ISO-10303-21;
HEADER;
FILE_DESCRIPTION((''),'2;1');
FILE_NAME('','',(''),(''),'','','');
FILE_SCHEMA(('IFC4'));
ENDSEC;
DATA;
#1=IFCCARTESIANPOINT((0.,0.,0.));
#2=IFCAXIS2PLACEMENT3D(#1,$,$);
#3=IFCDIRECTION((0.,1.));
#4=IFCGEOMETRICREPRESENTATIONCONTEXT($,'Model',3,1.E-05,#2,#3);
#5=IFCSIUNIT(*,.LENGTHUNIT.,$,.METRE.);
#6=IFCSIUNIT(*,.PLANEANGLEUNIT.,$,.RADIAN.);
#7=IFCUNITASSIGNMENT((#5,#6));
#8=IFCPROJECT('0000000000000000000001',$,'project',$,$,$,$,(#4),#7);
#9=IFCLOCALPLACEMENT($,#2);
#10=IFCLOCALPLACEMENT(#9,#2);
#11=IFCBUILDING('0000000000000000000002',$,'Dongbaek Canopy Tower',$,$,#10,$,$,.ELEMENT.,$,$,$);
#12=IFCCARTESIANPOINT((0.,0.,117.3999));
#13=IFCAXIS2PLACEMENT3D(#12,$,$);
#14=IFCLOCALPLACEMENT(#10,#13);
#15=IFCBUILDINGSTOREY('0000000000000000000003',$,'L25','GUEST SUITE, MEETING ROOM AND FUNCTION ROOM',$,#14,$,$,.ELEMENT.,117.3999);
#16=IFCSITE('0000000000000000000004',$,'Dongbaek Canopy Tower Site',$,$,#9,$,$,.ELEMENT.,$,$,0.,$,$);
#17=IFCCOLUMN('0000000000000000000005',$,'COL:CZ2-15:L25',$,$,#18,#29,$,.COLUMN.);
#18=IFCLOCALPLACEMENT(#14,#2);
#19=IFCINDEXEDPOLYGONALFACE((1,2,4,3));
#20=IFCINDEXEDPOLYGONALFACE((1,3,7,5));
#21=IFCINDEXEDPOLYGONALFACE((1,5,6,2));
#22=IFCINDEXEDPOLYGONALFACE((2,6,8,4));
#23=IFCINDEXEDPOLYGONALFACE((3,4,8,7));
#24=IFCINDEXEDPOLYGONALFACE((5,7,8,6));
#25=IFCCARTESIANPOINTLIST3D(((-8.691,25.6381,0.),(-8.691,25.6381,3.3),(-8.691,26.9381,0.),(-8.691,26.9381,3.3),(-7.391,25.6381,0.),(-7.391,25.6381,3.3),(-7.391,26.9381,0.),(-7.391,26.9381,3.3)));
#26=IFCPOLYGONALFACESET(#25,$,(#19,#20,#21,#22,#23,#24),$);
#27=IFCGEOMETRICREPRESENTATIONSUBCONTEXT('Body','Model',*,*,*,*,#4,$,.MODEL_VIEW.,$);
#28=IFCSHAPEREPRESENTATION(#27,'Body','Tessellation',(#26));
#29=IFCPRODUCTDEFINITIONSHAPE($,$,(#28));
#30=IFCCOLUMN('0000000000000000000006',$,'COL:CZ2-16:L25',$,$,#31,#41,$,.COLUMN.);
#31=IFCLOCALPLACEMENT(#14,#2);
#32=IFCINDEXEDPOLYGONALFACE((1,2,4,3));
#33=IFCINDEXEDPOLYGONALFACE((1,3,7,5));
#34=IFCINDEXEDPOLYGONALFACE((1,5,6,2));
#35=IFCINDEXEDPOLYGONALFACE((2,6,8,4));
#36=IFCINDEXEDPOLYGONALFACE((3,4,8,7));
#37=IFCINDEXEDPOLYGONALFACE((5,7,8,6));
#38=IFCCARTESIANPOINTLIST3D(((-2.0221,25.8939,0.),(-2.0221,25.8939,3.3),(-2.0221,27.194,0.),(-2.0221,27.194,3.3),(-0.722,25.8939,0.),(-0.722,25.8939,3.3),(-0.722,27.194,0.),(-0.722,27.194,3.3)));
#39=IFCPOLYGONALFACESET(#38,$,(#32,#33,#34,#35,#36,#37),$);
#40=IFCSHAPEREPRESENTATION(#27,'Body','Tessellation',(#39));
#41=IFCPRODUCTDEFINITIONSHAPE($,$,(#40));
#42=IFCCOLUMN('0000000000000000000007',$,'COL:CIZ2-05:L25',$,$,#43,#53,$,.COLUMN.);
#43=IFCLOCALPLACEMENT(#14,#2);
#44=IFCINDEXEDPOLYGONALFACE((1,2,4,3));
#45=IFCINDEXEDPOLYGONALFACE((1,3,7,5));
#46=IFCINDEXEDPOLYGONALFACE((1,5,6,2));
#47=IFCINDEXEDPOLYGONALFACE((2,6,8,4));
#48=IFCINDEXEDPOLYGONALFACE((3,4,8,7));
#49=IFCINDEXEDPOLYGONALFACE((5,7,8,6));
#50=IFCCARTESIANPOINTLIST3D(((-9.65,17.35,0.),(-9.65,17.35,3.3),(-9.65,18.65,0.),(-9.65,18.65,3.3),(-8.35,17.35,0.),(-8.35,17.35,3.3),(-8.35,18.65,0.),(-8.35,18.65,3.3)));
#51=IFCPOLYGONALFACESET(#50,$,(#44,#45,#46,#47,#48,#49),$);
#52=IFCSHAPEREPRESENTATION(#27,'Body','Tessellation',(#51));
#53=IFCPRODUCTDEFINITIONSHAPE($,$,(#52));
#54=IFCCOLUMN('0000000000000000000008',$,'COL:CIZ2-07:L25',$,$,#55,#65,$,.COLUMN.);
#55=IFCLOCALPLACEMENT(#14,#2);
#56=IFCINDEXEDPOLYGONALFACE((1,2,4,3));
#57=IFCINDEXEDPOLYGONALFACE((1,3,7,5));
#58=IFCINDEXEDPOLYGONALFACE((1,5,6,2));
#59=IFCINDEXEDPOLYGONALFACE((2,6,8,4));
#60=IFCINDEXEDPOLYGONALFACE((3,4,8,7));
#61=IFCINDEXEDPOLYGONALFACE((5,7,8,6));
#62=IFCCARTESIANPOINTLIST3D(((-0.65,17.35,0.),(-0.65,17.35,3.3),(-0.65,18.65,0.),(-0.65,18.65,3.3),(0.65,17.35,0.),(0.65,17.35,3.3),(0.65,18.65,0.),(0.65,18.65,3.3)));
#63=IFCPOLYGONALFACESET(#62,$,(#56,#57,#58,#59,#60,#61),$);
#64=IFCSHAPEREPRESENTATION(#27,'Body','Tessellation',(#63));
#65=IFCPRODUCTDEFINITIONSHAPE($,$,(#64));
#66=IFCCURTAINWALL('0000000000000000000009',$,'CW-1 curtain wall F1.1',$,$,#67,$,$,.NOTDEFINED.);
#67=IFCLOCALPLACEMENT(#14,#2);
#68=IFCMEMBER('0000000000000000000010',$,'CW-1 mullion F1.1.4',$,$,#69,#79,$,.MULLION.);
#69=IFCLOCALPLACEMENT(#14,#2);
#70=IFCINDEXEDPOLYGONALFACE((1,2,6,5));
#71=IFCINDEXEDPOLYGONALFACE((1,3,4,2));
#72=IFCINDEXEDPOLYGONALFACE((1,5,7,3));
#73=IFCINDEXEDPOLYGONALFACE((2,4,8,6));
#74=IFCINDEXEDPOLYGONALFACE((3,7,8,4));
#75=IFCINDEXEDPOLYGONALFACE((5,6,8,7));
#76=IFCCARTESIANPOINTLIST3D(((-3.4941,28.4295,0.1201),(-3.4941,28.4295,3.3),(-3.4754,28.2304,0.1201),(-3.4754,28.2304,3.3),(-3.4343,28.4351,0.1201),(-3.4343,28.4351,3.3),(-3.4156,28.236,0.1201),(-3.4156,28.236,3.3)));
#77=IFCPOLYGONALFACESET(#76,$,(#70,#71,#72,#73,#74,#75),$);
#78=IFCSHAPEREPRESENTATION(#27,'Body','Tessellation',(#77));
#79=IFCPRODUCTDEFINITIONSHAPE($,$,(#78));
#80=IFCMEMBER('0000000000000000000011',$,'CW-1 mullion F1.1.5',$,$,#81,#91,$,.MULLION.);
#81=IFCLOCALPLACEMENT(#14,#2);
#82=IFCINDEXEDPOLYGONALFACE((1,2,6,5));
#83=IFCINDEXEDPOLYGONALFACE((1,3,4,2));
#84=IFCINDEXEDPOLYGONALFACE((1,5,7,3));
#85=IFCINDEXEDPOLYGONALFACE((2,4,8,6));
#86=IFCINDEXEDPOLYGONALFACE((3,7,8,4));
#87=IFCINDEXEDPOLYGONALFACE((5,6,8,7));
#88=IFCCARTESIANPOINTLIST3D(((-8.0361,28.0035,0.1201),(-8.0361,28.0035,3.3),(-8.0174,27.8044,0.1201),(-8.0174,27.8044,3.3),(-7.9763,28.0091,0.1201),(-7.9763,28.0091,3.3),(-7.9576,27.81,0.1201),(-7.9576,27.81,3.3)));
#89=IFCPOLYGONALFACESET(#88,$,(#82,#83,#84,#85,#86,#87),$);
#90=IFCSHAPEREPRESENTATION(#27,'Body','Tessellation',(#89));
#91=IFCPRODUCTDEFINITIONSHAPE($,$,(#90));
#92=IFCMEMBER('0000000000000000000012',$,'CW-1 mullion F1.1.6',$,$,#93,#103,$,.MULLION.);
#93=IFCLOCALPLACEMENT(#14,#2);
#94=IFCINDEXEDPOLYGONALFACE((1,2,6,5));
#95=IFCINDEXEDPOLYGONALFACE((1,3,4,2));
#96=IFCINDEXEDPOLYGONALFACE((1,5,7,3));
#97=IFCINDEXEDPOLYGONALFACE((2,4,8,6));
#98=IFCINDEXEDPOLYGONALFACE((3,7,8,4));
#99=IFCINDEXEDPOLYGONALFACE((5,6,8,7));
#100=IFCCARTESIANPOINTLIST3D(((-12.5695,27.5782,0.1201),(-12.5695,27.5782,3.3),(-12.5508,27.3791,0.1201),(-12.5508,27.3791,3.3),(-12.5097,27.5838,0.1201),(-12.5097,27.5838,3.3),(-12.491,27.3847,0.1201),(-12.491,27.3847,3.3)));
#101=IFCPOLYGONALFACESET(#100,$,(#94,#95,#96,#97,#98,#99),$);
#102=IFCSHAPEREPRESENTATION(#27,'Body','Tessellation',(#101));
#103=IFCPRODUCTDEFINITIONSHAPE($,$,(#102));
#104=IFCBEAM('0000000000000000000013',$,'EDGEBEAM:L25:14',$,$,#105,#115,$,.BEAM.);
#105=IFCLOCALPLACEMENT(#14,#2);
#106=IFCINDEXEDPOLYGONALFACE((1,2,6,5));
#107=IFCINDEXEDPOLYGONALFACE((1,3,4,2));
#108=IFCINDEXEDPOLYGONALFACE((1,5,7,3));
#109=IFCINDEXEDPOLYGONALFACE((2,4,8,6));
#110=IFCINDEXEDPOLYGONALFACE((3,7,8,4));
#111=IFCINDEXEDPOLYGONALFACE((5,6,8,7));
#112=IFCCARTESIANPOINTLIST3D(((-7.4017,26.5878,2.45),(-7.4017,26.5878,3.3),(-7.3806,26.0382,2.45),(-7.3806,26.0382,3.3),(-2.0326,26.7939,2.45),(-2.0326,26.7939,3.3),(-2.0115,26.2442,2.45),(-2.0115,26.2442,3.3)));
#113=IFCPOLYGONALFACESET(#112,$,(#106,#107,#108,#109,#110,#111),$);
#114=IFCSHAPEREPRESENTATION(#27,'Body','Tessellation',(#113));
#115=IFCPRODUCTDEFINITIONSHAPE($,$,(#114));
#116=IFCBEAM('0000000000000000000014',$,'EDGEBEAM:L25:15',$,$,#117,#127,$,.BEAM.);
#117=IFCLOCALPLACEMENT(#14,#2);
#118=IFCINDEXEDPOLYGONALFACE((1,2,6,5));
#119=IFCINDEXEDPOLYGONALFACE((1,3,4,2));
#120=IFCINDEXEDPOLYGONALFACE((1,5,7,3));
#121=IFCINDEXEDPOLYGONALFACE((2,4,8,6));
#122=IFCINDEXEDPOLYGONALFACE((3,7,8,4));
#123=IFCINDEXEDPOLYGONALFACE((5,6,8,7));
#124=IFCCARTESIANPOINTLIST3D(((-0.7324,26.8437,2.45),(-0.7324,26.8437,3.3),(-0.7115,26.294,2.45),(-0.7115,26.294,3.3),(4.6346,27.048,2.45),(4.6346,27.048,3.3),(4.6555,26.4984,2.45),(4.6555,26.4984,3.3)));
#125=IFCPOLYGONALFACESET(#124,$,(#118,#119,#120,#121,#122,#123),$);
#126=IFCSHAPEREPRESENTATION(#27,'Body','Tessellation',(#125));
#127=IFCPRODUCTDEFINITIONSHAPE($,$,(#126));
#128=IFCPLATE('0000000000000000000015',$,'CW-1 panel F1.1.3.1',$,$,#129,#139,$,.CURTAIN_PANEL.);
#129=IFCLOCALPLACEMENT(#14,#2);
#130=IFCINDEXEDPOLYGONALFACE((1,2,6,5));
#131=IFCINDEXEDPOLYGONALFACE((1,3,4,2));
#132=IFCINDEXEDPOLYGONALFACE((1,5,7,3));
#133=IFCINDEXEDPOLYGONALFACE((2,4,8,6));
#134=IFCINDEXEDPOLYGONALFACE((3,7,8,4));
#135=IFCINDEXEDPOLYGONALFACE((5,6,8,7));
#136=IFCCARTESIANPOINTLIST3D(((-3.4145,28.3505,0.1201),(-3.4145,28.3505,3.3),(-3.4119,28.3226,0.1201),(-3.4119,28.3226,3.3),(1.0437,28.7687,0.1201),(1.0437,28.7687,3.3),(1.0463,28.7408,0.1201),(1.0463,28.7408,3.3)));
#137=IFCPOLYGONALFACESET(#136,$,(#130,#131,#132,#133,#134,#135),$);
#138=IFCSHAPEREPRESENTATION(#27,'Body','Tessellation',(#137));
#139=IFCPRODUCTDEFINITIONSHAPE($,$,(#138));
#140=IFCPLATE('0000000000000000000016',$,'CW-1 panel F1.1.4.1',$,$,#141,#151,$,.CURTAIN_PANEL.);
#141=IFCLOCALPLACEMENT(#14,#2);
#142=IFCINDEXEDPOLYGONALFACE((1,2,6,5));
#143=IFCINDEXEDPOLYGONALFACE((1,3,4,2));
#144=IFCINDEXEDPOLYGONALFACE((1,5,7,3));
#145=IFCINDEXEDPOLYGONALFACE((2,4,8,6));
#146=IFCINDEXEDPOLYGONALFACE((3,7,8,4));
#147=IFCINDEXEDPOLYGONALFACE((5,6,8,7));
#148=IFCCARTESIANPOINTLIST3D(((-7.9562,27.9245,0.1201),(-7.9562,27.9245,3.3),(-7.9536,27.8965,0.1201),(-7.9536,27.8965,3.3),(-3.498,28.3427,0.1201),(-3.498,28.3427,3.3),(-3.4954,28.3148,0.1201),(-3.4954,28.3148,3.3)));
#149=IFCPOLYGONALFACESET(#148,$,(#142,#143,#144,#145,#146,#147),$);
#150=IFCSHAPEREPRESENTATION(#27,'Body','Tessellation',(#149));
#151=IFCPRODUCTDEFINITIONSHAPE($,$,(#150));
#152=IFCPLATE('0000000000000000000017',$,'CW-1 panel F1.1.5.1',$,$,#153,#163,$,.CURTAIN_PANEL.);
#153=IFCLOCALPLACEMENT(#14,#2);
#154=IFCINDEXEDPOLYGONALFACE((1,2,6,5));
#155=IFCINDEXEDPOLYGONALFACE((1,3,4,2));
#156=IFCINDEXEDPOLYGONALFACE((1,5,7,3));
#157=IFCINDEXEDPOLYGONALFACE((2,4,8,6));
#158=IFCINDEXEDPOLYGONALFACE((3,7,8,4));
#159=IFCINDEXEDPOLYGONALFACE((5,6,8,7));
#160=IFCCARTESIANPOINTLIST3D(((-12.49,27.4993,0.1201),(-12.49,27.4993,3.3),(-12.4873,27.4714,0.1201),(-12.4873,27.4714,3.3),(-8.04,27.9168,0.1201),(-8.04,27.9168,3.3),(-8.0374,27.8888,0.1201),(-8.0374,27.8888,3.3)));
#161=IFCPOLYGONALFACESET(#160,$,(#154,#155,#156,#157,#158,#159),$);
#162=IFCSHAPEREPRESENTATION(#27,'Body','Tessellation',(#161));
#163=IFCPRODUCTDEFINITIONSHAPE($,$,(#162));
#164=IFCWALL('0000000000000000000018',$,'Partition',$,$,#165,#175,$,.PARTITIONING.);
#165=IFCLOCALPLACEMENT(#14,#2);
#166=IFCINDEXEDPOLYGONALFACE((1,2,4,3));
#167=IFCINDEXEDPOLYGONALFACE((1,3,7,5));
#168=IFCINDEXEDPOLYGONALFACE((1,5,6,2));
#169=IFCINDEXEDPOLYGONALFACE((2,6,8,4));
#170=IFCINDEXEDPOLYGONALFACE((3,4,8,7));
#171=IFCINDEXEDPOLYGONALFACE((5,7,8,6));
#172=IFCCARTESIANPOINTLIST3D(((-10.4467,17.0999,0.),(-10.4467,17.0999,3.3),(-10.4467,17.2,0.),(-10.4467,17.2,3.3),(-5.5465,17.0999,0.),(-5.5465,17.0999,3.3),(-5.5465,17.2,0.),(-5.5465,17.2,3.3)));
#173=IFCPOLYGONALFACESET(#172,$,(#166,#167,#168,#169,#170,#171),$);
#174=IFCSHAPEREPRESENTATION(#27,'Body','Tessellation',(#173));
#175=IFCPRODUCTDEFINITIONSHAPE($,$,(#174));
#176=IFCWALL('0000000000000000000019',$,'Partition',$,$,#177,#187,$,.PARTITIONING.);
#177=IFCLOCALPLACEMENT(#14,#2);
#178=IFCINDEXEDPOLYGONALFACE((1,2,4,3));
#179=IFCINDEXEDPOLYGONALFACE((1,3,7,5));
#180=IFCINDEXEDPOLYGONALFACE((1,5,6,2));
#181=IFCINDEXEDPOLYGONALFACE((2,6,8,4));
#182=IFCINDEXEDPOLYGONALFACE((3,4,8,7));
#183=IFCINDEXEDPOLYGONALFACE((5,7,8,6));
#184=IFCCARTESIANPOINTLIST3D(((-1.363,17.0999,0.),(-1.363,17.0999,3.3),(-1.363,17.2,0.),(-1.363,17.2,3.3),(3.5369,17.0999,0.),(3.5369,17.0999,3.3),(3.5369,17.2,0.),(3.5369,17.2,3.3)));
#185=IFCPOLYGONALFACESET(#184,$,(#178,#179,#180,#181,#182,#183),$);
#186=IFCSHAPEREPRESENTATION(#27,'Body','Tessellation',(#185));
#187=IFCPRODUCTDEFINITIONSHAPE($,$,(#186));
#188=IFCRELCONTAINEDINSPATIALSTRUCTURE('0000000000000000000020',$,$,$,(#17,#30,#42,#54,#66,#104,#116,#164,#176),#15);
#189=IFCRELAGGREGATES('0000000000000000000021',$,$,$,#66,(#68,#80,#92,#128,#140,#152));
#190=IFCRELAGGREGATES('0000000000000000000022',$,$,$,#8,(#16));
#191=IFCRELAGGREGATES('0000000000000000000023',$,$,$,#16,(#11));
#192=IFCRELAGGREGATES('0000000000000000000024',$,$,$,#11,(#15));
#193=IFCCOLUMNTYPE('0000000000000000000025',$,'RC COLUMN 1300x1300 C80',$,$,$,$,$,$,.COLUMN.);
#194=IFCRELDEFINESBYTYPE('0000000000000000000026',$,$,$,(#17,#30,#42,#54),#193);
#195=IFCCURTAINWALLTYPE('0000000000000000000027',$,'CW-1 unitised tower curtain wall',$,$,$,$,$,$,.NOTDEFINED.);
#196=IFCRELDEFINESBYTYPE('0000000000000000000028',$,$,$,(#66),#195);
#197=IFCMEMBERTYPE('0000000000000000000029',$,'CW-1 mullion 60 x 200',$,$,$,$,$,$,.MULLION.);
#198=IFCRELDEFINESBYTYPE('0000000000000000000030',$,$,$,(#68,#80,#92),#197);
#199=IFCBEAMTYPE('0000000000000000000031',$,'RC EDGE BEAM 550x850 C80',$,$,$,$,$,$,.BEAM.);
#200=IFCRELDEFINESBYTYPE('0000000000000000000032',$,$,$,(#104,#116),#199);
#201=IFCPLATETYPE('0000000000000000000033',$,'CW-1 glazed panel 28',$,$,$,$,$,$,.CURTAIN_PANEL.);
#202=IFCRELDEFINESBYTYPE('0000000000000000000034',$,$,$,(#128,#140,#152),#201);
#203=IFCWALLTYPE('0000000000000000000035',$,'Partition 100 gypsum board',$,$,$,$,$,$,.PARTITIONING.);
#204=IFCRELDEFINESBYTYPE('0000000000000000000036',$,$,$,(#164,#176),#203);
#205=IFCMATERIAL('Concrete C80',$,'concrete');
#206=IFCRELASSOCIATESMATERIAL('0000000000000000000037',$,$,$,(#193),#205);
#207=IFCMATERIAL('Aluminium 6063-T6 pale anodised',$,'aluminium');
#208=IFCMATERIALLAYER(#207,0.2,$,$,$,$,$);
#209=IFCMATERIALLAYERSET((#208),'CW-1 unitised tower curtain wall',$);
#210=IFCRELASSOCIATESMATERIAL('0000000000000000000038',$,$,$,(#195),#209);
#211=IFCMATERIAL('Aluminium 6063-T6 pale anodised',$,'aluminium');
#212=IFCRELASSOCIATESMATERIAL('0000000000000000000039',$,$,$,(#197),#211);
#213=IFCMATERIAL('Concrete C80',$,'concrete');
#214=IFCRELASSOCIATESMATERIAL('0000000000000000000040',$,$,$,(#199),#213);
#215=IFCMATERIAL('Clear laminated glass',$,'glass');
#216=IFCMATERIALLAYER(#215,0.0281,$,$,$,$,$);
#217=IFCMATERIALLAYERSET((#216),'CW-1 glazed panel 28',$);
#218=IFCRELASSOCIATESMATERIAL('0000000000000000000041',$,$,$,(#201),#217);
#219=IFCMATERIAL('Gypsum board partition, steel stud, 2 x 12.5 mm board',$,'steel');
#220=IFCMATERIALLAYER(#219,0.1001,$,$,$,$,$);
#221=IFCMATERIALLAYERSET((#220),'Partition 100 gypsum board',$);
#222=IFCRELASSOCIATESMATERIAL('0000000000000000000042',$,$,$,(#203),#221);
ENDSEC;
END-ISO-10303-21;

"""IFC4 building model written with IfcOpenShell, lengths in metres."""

from ifc_helpers import new_model, si_unit, direction, frame, frame_2d, origin, origin_2d, place, context, subcontext, project, spatial, rectangle, extrude, material, layer, layer_set, material_profile, profile_set, type_object, element, aggregate, save


model = new_model("IFC4")

# Units and contexts
model_context = context("Model", 3, precision=1e-05, world=origin(), true_north=direction((0.0, 1.0)))
body_context = subcontext(model_context, "Body", "Model", "MODEL_VIEW")
ifc_project = project(units=[si_unit("LENGTHUNIT", "METRE"), si_unit("PLANEANGLEUNIT", "RADIAN")], contexts=[model_context])

# Site, building, storey
site_placement = place(None, origin())
site = spatial("IfcSite", under=ifc_project, at=site_placement, Name="Dongbaek Canopy Tower Site", CompositionType="ELEMENT", RefElevation=0.0)
building_placement = place(site_placement, origin())
building = spatial("IfcBuilding", under=site, at=building_placement, Name="Dongbaek Canopy Tower", CompositionType="ELEMENT")
storey_placement = place(building_placement, frame((0.0, 0.0, 117.3999)))
storey = spatial("IfcBuildingStorey", under=building, at=storey_placement, Name="L25", Description="GUEST SUITE, MEETING ROOM AND FUNCTION ROOM", CompositionType="ELEMENT", Elevation=117.3999)

# Columns
ifc_material_1 = material(Name="Concrete C80", Category="concrete")
ifc_material_profile_1 = material_profile(ifc_material_1, rectangle(XDim=1.3, YDim=1.3, at=origin_2d()), Name="RC COLUMN 1300x1300 C80")
ifc_profile_set_1 = profile_set([ifc_material_profile_1], Name="Concrete C80")
column_type = type_object("IfcColumnType", Name="RC COLUMN 1300x1300 C80", PredefinedType="COLUMN", material=ifc_profile_set_1)
for number, where, z_axis, x_axis, name in (
    (1, (-8.041, 26.2881, 0.0), (0.0, 0.0, 1.0), (1.0, 0.0, 0.0), "COL:CZ2-15:L25"),
    (2, (-1.3721, 26.5439, 0.0), (0.0, 0.0, 1.0), (1.0, 0.0, 0.0), "COL:CZ2-16:L25"),
    (3, (-9.0, 18.0, 0.0), (0.0, 0.0, 1.0), (1.0, 0.0, 0.0), "COL:CIZ2-05:L25"),
    (4, (0.0, 18.0, 0.0), (0.0, 0.0, 1.0), (1.0, 0.0, 0.0), "COL:CIZ2-07:L25"),
):
    element("IfcColumn", number, at=place(storey_placement, frame(where, z_axis=z_axis, x_axis=x_axis)), inside=storey, type_object=column_type, Name=name, PredefinedType="COLUMN", context=body_context, shape_type="SweptSolid", body=[
        extrude(rectangle(XDim=1.3, YDim=1.3, at=origin_2d()), origin(), (0.0, 0.0, 1.0), 3.3),
    ])

# Curtain wall, members
ifc_material_2 = material(Name="Aluminium 6063-T6 pale anodised", Category="aluminium")
ifc_layer_1 = layer(ifc_material_2, 0.2)
ifc_layer_set_1 = layer_set([ifc_layer_1], Name="CW-1 unitised tower curtain wall")
curtain_wall_type = type_object("IfcCurtainWallType", Name="CW-1 unitised tower curtain wall", PredefinedType="NOTDEFINED", material=ifc_layer_set_1)
curtain_wall_placement = place(storey_placement, origin())
curtain_wall = element("IfcCurtainWall", 5, at=curtain_wall_placement, inside=storey, type_object=curtain_wall_type, Name="CW-1 curtain wall F1.1", PredefinedType="NOTDEFINED")
ifc_material_3 = material(Name="Aluminium 6063-T6 pale anodised", Category="aluminium")
ifc_material_profile_2 = material_profile(ifc_material_3, rectangle(XDim=0.2, YDim=0.0601, at=origin_2d()), Name="CW-1 mullion 60 x 200")
ifc_profile_set_2 = profile_set([ifc_material_profile_2], Name="Aluminium 6063-T6 pale anodised")
member_type = type_object("IfcMemberType", Name="CW-1 mullion 60 x 200", PredefinedType="MULLION", material=ifc_profile_set_2)
member_1_placement = place(storey_placement, frame((-3.4548, 28.3328, 0.1201), z_axis=(0.0, 0.0, 1.0), x_axis=(-0.093398, 0.995629, 0.0)))
member_1 = element("IfcMember", 6, at=member_1_placement, type_object=member_type, Name="CW-1 mullion F1.1.4", PredefinedType="MULLION", context=body_context, shape_type="SweptSolid", body=[
    extrude(rectangle(XDim=0.2, YDim=0.0601, at=origin_2d()), origin(), (0.0, 0.0, 1.0), 3.1799),
])
member_2_placement = place(storey_placement, frame((-7.9968, 27.9067, 0.1201), z_axis=(0.0, 0.0, 1.0), x_axis=(-0.093398, 0.995629, 0.0)))
member_2 = element("IfcMember", 7, at=member_2_placement, type_object=member_type, Name="CW-1 mullion F1.1.5", PredefinedType="MULLION", context=body_context, shape_type="SweptSolid", body=[
    extrude(rectangle(XDim=0.2, YDim=0.0601, at=origin_2d()), origin(), (0.0, 0.0, 1.0), 3.1799),
])
member_3_placement = place(storey_placement, frame((-12.5303, 27.4814, 0.1201), z_axis=(0.0, 0.0, 1.0), x_axis=(-0.093398, 0.995629, 0.0)))
member_3 = element("IfcMember", 8, at=member_3_placement, type_object=member_type, Name="CW-1 mullion F1.1.6", PredefinedType="MULLION", context=body_context, shape_type="SweptSolid", body=[
    extrude(rectangle(XDim=0.2, YDim=0.0601, at=origin_2d()), origin(), (0.0, 0.0, 1.0), 3.1799),
])

# Beams
ifc_material_4 = material(Name="Concrete C80", Category="concrete")
ifc_material_profile_3 = material_profile(ifc_material_4, rectangle(XDim=0.55, YDim=0.8501, at=origin_2d()), Name="RC EDGE BEAM 550x850 C80")
ifc_profile_set_3 = profile_set([ifc_material_profile_3], Name="Concrete C80")
beam_type = type_object("IfcBeamType", Name="RC EDGE BEAM 550x850 C80", PredefinedType="BEAM", material=ifc_profile_set_3)
beam_1_placement = place(storey_placement, frame((-7.3911, 26.313, 2.875), z_axis=(0.999264, 0.038349, 0.0), x_axis=(-0.038349, 0.999264, 0.0)))
element("IfcBeam", 9, at=beam_1_placement, inside=storey, type_object=beam_type, Name="EDGEBEAM:L25:14", PredefinedType="BEAM", context=body_context, shape_type="SweptSolid", body=[
    extrude(rectangle(XDim=0.55, YDim=0.8501, at=origin_2d()), origin(), (0.0, 0.0, 1.0), 5.373),
])
beam_2_placement = place(storey_placement, frame((-0.7219, 26.5688, 2.875), z_axis=(0.999276, 0.038047, 0.0), x_axis=(-0.038047, 0.999276, 0.0)))
element("IfcBeam", 10, at=beam_2_placement, inside=storey, type_object=beam_type, Name="EDGEBEAM:L25:15", PredefinedType="BEAM", context=body_context, shape_type="SweptSolid", body=[
    extrude(rectangle(XDim=0.55, YDim=0.8501, at=origin_2d()), origin(), (0.0, 0.0, 1.0), 5.3708),
])

# Plates
ifc_material_5 = material(Name="Clear laminated glass", Category="glass")
ifc_layer_2 = layer(ifc_material_5, 0.0281)
ifc_layer_set_2 = layer_set([ifc_layer_2], Name="CW-1 glazed panel 28")
plate_type = type_object("IfcPlateType", Name="CW-1 glazed panel 28", PredefinedType="CURTAIN_PANEL", material=ifc_layer_set_2)
plate_1_placement = place(storey_placement, frame((-1.1841, 28.5457, 0.1201), z_axis=(0.0, 0.0, 1.0), x_axis=(-0.995629, -0.093398, 0.0)))
plate_1 = element("IfcPlate", 11, at=plate_1_placement, type_object=plate_type, Name="CW-1 panel F1.1.3.1", PredefinedType="CURTAIN_PANEL", context=body_context, shape_type="SweptSolid", body=[
    extrude(rectangle(XDim=4.4778, YDim=0.0281, at=origin_2d()), origin(), (0.0, 0.0, 1.0), 3.1799),
])
plate_2_placement = place(storey_placement, frame((-5.7258, 28.1196, 0.1201), z_axis=(0.0, 0.0, 1.0), x_axis=(-0.995629, -0.093398, 0.0)))
plate_2 = element("IfcPlate", 12, at=plate_2_placement, type_object=plate_type, Name="CW-1 panel F1.1.4.1", PredefinedType="CURTAIN_PANEL", context=body_context, shape_type="SweptSolid", body=[
    extrude(rectangle(XDim=4.4778, YDim=0.0281, at=origin_2d()), origin(), (0.0, 0.0, 1.0), 3.1799),
])
plate_3_placement = place(storey_placement, frame((-10.2637, 27.6941, 0.1201), z_axis=(0.0, 0.0, 1.0), x_axis=(-0.995629, -0.093398, 0.0)))
plate_3 = element("IfcPlate", 13, at=plate_3_placement, type_object=plate_type, Name="CW-1 panel F1.1.5.1", PredefinedType="CURTAIN_PANEL", context=body_context, shape_type="SweptSolid", body=[
    extrude(rectangle(XDim=4.4695, YDim=0.0281, at=origin_2d()), origin(), (0.0, 0.0, 1.0), 3.1799),
])

# Walls
ifc_material_6 = material(Name="Gypsum board partition, steel stud, 2 x 12.5 mm board", Category="steel")
ifc_layer_3 = layer(ifc_material_6, 0.1001)
ifc_layer_set_3 = layer_set([ifc_layer_3], Name="Partition 100 gypsum board")
wall_type = type_object("IfcWallType", Name="Partition 100 gypsum board", PredefinedType="PARTITIONING", material=ifc_layer_set_3)
wall_1_placement = place(storey_placement, frame((-10.4468, 17.1499, 0.0), z_axis=(0.0, 0.0, 1.0), x_axis=(1.0, 0.0, 0.0)))
element("IfcWall", 14, at=wall_1_placement, inside=storey, type_object=wall_type, Name="Partition", PredefinedType="PARTITIONING", context=body_context, shape_type="SweptSolid", body=[
    extrude(rectangle(XDim=4.9001, YDim=0.1001, at=frame_2d((2.4502, 0.0))), origin(), (0.0, 0.0, 1.0), 3.3),
])
wall_2_placement = place(storey_placement, frame((-1.363, 17.1499, 0.0), z_axis=(0.0, 0.0, 1.0), x_axis=(1.0, 0.0, 0.0)))
element("IfcWall", 15, at=wall_2_placement, inside=storey, type_object=wall_type, Name="Partition", PredefinedType="PARTITIONING", context=body_context, shape_type="SweptSolid", body=[
    extrude(rectangle(XDim=4.8999, YDim=0.1001, at=frame_2d((2.45, 0.0))), origin(), (0.0, 0.0, 1.0), 3.3),
])

aggregate(curtain_wall, [member_1, member_2, member_3, plate_1, plate_2, plate_3])

save(model, "model.ifc")
